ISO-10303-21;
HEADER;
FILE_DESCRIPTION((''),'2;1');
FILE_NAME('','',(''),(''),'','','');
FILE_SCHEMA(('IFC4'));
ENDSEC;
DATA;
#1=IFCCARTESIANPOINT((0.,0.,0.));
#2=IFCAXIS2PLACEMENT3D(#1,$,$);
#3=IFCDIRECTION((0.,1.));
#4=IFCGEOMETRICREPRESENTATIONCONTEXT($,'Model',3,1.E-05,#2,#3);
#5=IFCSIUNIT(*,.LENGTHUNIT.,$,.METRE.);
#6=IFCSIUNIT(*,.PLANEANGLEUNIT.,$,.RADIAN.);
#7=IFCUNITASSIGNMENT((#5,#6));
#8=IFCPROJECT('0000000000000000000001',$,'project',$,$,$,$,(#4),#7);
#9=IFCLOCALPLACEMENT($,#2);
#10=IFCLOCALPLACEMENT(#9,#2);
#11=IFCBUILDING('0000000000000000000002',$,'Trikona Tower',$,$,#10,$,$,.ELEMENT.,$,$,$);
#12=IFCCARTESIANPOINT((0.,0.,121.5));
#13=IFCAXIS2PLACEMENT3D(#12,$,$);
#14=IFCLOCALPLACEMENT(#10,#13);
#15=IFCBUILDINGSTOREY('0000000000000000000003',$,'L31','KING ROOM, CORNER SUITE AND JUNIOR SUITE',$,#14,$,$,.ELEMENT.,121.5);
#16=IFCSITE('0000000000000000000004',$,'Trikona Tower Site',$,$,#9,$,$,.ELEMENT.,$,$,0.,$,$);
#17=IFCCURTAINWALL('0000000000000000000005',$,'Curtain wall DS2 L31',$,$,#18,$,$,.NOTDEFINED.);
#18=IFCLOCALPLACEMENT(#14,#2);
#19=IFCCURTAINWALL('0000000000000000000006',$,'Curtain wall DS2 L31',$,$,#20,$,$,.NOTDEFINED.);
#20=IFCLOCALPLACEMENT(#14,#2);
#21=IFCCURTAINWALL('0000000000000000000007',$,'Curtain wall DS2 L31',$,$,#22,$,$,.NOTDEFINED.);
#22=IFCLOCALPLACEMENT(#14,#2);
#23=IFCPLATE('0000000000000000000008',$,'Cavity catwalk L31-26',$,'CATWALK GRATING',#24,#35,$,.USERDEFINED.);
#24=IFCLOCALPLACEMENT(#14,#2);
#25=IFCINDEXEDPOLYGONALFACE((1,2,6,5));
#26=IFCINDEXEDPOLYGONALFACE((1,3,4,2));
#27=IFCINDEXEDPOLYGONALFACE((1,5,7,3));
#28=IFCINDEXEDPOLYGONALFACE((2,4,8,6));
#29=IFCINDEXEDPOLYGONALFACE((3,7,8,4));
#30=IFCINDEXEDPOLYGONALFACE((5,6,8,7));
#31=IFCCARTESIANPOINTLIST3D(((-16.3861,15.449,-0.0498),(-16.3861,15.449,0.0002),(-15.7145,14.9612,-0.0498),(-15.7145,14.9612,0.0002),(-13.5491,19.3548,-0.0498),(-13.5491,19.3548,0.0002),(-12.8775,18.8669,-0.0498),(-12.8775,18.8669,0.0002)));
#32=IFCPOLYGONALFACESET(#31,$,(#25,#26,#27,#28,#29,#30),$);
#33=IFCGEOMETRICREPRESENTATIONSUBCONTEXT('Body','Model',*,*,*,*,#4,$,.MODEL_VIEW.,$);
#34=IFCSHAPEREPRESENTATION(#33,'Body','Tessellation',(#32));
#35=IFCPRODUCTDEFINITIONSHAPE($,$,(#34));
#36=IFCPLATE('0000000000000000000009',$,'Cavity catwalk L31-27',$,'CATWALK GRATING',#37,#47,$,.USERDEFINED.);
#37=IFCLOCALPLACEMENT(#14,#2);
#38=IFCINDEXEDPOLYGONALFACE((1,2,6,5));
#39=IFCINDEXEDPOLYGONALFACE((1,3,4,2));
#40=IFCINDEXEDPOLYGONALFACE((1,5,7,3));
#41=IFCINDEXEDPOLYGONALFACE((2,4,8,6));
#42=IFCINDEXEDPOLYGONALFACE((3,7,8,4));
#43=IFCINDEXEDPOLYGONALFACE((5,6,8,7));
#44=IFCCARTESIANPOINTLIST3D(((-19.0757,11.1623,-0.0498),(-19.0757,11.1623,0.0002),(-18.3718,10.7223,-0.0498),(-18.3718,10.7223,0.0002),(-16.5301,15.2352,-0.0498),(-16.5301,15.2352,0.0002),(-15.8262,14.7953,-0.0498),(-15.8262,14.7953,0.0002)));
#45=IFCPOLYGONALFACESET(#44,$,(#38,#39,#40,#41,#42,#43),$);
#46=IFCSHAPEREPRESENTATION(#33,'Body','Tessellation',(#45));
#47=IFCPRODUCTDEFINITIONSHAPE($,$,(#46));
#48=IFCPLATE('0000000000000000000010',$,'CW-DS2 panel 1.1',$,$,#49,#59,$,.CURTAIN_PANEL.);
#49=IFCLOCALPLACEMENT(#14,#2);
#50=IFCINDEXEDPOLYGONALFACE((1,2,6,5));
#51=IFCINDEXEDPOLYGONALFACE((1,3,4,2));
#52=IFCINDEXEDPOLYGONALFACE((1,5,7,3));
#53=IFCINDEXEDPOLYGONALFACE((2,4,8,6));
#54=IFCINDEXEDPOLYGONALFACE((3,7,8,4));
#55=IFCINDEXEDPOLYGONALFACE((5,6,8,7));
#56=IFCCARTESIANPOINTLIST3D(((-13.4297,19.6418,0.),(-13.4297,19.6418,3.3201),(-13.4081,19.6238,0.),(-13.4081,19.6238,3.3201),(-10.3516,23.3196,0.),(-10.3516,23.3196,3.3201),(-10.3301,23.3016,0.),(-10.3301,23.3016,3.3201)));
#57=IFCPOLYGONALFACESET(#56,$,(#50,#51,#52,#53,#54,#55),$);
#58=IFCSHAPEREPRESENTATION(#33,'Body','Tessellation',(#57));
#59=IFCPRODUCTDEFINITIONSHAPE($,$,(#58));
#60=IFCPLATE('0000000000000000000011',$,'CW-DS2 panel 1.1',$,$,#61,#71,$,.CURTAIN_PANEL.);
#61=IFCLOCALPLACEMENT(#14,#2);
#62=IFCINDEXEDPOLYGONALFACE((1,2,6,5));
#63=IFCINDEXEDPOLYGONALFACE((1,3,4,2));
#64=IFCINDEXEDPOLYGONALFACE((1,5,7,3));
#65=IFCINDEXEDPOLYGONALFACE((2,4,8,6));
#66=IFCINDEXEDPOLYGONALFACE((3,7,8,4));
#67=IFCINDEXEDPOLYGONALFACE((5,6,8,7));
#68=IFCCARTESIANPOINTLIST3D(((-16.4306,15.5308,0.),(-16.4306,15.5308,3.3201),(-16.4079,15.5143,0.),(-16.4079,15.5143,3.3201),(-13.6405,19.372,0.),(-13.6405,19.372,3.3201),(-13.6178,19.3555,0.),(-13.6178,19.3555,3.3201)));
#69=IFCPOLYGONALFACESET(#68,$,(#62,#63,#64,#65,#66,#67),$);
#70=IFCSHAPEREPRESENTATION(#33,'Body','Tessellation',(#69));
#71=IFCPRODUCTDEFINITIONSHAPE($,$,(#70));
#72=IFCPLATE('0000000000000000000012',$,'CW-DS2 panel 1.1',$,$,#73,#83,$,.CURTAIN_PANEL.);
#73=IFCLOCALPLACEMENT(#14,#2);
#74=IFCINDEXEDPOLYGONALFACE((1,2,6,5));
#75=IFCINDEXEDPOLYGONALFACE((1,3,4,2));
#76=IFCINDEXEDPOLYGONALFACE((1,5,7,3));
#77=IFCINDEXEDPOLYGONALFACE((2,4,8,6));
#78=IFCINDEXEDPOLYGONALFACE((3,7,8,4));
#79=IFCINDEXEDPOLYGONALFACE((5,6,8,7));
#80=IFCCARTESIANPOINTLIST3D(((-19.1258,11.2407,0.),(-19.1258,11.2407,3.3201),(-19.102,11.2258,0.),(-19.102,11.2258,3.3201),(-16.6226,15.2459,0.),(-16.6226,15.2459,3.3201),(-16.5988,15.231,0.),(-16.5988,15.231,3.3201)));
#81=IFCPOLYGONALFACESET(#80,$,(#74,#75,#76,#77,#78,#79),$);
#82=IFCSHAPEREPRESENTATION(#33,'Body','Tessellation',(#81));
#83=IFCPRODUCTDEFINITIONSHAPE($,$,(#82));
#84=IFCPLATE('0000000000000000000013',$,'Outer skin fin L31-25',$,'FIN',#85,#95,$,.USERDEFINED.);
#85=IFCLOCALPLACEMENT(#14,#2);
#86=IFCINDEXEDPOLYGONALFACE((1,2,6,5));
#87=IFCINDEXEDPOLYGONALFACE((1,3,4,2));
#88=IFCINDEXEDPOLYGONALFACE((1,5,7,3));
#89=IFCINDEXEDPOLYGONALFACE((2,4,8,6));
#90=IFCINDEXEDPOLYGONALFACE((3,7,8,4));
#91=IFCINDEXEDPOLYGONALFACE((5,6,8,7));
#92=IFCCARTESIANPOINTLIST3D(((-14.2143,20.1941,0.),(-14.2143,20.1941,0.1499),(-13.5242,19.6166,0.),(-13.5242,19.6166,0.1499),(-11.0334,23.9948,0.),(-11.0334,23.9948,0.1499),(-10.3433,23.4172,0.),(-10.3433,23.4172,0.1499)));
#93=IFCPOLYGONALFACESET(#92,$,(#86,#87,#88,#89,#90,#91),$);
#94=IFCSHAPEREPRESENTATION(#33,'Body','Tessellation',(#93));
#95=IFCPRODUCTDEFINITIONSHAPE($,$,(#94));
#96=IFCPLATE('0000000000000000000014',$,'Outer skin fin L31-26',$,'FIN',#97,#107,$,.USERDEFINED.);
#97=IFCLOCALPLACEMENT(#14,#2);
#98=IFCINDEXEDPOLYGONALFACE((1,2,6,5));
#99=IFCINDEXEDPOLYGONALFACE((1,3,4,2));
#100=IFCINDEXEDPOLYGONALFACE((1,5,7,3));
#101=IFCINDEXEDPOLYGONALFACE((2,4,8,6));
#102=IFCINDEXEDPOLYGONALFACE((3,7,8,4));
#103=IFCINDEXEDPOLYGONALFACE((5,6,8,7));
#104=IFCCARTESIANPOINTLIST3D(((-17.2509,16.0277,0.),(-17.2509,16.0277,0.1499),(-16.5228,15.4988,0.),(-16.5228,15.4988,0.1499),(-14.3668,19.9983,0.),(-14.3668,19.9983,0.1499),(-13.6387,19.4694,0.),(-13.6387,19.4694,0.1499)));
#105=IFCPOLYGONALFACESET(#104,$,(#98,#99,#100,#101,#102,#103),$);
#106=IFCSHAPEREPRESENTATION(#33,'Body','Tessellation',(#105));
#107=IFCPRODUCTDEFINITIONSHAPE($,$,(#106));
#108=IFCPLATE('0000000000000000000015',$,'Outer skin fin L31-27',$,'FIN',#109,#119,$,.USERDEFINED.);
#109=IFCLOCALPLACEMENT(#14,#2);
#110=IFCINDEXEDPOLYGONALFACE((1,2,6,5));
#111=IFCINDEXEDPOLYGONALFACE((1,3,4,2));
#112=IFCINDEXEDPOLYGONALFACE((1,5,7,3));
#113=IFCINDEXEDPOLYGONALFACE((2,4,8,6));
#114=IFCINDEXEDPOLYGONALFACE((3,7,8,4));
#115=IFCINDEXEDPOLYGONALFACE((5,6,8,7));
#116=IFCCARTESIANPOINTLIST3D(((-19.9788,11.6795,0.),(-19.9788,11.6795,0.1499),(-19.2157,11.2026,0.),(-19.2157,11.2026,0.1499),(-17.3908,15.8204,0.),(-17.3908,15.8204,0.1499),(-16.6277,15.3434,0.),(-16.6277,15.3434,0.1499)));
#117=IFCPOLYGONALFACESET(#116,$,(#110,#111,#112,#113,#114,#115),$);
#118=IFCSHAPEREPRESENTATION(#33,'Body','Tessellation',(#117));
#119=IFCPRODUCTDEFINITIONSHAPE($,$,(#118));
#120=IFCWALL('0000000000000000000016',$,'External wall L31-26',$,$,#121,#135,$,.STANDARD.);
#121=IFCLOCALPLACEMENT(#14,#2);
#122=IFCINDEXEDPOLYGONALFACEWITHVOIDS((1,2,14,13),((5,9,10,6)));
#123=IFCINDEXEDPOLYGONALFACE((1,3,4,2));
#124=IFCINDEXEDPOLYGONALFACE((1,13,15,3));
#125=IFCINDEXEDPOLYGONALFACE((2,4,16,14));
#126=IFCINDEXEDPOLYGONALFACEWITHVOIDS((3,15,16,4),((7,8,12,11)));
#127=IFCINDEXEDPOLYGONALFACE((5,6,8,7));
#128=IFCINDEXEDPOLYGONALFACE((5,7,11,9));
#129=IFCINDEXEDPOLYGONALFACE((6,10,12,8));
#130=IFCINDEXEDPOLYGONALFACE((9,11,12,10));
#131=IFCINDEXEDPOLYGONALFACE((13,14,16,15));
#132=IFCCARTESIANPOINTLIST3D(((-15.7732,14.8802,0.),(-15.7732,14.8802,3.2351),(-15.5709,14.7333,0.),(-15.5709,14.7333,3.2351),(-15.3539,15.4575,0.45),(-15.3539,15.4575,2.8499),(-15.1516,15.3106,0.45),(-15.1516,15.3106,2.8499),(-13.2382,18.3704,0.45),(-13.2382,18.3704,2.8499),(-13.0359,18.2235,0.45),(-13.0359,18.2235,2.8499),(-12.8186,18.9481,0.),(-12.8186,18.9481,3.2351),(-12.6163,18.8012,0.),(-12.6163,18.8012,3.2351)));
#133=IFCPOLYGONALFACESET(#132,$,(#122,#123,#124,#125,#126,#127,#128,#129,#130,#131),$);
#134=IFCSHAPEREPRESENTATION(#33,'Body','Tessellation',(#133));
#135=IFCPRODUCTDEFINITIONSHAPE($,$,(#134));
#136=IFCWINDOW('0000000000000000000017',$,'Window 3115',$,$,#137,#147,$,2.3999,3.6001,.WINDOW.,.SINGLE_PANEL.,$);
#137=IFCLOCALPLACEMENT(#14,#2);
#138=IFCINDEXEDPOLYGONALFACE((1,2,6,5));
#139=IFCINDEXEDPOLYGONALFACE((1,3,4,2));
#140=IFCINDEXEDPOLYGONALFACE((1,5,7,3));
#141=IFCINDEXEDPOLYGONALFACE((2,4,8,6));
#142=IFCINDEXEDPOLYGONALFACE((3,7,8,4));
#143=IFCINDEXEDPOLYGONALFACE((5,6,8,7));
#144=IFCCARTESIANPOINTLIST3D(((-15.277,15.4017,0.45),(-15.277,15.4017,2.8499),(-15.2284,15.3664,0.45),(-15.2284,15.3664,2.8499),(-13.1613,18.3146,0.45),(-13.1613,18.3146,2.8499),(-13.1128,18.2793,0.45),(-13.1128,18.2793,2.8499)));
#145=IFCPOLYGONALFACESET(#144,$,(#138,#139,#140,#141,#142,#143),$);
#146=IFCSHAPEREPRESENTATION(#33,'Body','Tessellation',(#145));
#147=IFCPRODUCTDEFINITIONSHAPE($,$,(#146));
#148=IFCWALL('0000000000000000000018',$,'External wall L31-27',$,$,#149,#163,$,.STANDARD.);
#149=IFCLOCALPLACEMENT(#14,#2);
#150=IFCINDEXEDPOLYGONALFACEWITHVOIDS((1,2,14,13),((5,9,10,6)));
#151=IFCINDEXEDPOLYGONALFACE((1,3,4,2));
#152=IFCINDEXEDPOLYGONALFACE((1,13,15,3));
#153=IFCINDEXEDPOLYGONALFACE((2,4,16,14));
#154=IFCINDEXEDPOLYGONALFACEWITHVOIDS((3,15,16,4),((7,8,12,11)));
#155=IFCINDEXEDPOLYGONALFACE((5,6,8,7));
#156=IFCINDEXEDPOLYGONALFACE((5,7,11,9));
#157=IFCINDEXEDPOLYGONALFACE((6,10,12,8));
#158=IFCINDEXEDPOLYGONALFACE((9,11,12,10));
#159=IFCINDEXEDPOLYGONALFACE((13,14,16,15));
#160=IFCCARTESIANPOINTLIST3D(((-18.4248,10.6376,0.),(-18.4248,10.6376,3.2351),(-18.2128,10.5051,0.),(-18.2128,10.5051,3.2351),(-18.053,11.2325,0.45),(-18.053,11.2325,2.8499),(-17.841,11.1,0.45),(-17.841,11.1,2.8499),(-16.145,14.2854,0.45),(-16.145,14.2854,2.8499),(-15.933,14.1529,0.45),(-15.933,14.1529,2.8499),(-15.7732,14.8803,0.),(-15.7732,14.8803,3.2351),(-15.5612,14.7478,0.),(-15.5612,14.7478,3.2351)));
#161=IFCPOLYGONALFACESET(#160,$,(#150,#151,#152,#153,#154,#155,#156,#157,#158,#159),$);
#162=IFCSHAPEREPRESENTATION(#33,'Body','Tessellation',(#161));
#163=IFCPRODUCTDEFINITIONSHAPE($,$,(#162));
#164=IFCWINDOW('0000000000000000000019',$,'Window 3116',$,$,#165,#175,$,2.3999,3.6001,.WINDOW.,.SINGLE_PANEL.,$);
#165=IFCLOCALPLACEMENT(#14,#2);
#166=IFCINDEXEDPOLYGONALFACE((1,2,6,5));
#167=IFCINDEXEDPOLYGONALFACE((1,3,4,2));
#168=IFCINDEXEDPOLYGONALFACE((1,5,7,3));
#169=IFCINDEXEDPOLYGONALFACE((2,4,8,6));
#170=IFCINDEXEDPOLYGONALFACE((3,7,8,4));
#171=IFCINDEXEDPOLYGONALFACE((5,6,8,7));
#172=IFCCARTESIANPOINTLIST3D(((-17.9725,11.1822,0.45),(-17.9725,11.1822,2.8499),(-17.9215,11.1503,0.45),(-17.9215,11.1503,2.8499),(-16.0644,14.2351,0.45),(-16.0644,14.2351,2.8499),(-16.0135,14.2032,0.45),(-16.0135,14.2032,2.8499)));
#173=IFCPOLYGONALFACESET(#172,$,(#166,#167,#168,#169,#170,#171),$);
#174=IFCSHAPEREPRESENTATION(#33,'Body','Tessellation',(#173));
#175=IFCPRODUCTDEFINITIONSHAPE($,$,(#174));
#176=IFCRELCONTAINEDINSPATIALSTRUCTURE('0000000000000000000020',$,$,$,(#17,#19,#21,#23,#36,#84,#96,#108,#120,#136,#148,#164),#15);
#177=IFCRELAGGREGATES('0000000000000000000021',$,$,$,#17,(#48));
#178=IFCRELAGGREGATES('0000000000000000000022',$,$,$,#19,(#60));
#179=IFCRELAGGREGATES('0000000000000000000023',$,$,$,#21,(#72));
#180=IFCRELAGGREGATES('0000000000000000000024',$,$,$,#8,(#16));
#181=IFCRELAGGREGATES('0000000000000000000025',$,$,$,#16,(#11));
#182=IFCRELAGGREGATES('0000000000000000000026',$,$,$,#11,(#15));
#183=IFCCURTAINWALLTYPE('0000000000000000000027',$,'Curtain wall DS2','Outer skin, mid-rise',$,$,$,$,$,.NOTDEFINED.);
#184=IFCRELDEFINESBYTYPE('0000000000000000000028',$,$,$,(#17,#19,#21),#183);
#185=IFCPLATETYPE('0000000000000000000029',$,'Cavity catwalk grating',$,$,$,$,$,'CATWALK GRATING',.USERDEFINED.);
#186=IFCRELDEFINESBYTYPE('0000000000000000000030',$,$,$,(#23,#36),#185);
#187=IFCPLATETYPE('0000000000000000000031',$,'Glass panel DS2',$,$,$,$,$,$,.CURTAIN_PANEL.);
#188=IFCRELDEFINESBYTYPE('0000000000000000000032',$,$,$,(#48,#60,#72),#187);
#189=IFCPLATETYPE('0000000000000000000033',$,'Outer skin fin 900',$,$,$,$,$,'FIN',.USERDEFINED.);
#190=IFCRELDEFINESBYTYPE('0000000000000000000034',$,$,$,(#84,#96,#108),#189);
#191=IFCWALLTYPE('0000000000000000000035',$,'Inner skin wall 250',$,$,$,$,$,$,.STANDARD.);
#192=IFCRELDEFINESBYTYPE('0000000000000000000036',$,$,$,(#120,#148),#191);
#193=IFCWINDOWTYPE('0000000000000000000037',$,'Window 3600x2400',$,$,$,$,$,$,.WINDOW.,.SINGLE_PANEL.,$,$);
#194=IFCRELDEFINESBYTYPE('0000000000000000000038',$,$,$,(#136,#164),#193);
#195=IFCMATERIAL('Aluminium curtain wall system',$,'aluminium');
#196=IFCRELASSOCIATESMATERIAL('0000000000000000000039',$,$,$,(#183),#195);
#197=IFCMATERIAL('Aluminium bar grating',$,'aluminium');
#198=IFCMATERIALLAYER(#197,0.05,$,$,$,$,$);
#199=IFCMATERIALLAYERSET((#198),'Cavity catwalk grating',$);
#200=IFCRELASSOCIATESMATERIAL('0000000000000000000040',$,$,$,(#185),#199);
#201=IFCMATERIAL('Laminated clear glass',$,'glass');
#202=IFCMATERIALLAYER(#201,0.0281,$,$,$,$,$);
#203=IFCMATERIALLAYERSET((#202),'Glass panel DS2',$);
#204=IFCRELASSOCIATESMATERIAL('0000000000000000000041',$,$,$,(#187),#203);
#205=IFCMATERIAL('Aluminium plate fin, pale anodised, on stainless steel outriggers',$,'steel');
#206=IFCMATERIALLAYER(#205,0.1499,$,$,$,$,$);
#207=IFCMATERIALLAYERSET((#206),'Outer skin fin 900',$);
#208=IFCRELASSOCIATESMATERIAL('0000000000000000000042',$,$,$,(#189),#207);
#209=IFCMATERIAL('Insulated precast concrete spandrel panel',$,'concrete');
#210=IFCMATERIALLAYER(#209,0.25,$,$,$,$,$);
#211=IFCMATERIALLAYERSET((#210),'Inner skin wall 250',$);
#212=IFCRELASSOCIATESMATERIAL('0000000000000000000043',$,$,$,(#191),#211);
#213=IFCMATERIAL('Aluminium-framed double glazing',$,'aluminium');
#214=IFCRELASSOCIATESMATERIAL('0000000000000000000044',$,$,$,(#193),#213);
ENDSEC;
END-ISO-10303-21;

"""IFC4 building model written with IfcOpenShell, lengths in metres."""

from ifc_helpers import new_model, si_unit, direction, frame, frame_2d, origin, origin_2d, place, context, subcontext, project, spatial, rectangle, extrude, material, layer, layer_set, type_object, element, fill, aggregate, save


model = new_model("IFC4")

# Units and contexts
model_context = context("Model", 3, precision=1e-05, world=origin(), true_north=direction((0.0, 1.0)))
body_context = subcontext(model_context, "Body", "Model", "MODEL_VIEW")
ifc_project = project(units=[si_unit("LENGTHUNIT", "METRE"), si_unit("PLANEANGLEUNIT", "RADIAN")], contexts=[model_context])

# Site, building, storey
site_placement = place(None, origin())
site = spatial("IfcSite", under=ifc_project, at=site_placement, Name="Trikona Tower Site", CompositionType="ELEMENT", RefElevation=0.0)
building_placement = place(site_placement, origin())
building = spatial("IfcBuilding", under=site, at=building_placement, Name="Trikona Tower", CompositionType="ELEMENT")
storey_placement = place(building_placement, frame((0.0, 0.0, 121.5)))
storey = spatial("IfcBuildingStorey", under=building, at=storey_placement, Name="L31", Description="KING ROOM, CORNER SUITE AND JUNIOR SUITE", CompositionType="ELEMENT", Elevation=121.5)

# Shared definitions
ifc_material_1 = material(Name="Aluminium curtain wall system", Category="aluminium")
curtain_wall_type = type_object("IfcCurtainWallType", Name="Curtain wall DS2", Description="Outer skin, mid-rise", PredefinedType="NOTDEFINED", material=ifc_material_1)

# Curtain walls
curtain_wall_1_placement = place(storey_placement, origin())
curtain_wall_1 = element("IfcCurtainWall", 1, at=curtain_wall_1_placement, inside=storey, type_object=curtain_wall_type, Name="Curtain wall DS2 L31", PredefinedType="NOTDEFINED")
curtain_wall_2_placement = place(storey_placement, origin())
curtain_wall_2 = element("IfcCurtainWall", 2, at=curtain_wall_2_placement, inside=storey, type_object=curtain_wall_type, Name="Curtain wall DS2 L31", PredefinedType="NOTDEFINED")

# Curtain wall
curtain_wall_3_placement = place(storey_placement, origin())
curtain_wall_3 = element("IfcCurtainWall", 3, at=curtain_wall_3_placement, inside=storey, type_object=curtain_wall_type, Name="Curtain wall DS2 L31", PredefinedType="NOTDEFINED")

# Plates
ifc_material_2 = material(Name="Aluminium bar grating", Category="aluminium")
ifc_layer_1 = layer(ifc_material_2, 0.05)
ifc_layer_set_1 = layer_set([ifc_layer_1], Name="Cavity catwalk grating")
plate_type_1 = type_object("IfcPlateType", Name="Cavity catwalk grating", ElementType="CATWALK GRATING", PredefinedType="USERDEFINED", material=ifc_layer_set_1)
plate_1_placement = place(storey_placement, frame((-14.6318, 17.158, -0.0498), z_axis=(0.0, 0.0, 1.0), x_axis=(-0.587686, -0.809089, 0.0)))
element("IfcPlate", 4, at=plate_1_placement, inside=storey, type_object=plate_type_1, Name="Cavity catwalk L31-26", ObjectType="CATWALK GRATING", PredefinedType="USERDEFINED", context=body_context, shape_type="SweptSolid", body=[
    extrude(rectangle(XDim=4.8274, YDim=0.8301, at=origin_2d()), origin(), (0.0, 0.0, 1.0), 0.05),
])
plate_2_placement = place(storey_placement, frame((-17.4509, 12.9788, -0.0498), z_axis=(0.0, 0.0, 1.0), x_axis=(-0.529995, -0.848001, 0.0)))
element("IfcPlate", 5, at=plate_2_placement, inside=storey, type_object=plate_type_1, Name="Cavity catwalk L31-27", ObjectType="CATWALK GRATING", PredefinedType="USERDEFINED", context=body_context, shape_type="SweptSolid", body=[
    extrude(rectangle(XDim=4.803, YDim=0.8301, at=origin_2d()), origin(), (0.0, 0.0, 1.0), 0.05),
])

# Plates
ifc_material_3 = material(Name="Laminated clear glass", Category="glass")
ifc_layer_2 = layer(ifc_material_3, 0.0281)
ifc_layer_set_2 = layer_set([ifc_layer_2], Name="Glass panel DS2")
plate_type_2 = type_object("IfcPlateType", Name="Glass panel DS2", PredefinedType="CURTAIN_PANEL", material=ifc_layer_set_2)
plate_3_placement = place(storey_placement, frame((-11.8799, 21.4717, 0.0), z_axis=(0.0, 0.0, 1.0), x_axis=(-0.641806, -0.766867, 0.0)))
plate_3 = element("IfcPlate", 6, at=plate_3_placement, type_object=plate_type_2, Name="CW-DS2 panel 1.1", PredefinedType="CURTAIN_PANEL", context=body_context, shape_type="SweptSolid", body=[
    extrude(rectangle(XDim=4.7959, YDim=0.0281, at=origin_2d()), origin(), (0.0, 0.0, 1.0), 3.3201),
])
aggregate(curtain_wall_1, [plate_3])
plate_4_placement = place(storey_placement, frame((-15.0242, 17.4431, 0.0), z_axis=(0.0, 0.0, 1.0), x_axis=(-0.587691, -0.809086, 0.0)))
plate_4 = element("IfcPlate", 7, at=plate_4_placement, type_object=plate_type_2, Name="CW-DS2 panel 1.1", PredefinedType="CURTAIN_PANEL", context=body_context, shape_type="SweptSolid", body=[
    extrude(rectangle(XDim=4.7476, YDim=0.0281, at=origin_2d()), origin(), (0.0, 0.0, 1.0), 3.3201),
])
aggregate(curtain_wall_2, [plate_4])
plate_5_placement = place(storey_placement, frame((-17.8623, 13.2358, 0.0), z_axis=(0.0, 0.0, 1.0), x_axis=(-0.529999, -0.847998, 0.0)))
plate_5 = element("IfcPlate", 8, at=plate_5_placement, type_object=plate_type_2, Name="CW-DS2 panel 1.1", PredefinedType="CURTAIN_PANEL", context=body_context, shape_type="SweptSolid", body=[
    extrude(rectangle(XDim=4.7231, YDim=0.0281, at=origin_2d()), origin(), (0.0, 0.0, 1.0), 3.3201),
])
aggregate(curtain_wall_3, [plate_5])

# Plates
ifc_material_4 = material(Name="Aluminium plate fin, pale anodised, on stainless steel outriggers", Category="steel")
ifc_layer_3 = layer(ifc_material_4, 0.1499)
ifc_layer_set_3 = layer_set([ifc_layer_3], Name="Outer skin fin 900")
plate_type_3 = type_object("IfcPlateType", Name="Outer skin fin 900", ElementType="FIN", PredefinedType="USERDEFINED", material=ifc_layer_set_3)
plate_6_placement = place(storey_placement, frame((-12.2788, 21.8057, 0.0), z_axis=(0.0, 0.0, 1.0), x_axis=(-0.641807, -0.766866, 0.0)))
element("IfcPlate", 9, at=plate_6_placement, inside=storey, type_object=plate_type_3, Name="Outer skin fin L31-25", ObjectType="FIN", PredefinedType="USERDEFINED", context=body_context, shape_type="SweptSolid", body=[
    extrude(rectangle(XDim=4.9561, YDim=0.8999, at=origin_2d()), origin(), (0.0, 0.0, 1.0), 0.1499),
])
plate_7_placement = place(storey_placement, frame((-15.4448, 17.7485, 0.0), z_axis=(0.0, 0.0, 1.0), x_axis=(-0.587686, -0.809089, 0.0)))
element("IfcPlate", 10, at=plate_7_placement, inside=storey, type_object=plate_type_3, Name="Outer skin fin L31-26", ObjectType="FIN", PredefinedType="USERDEFINED", context=body_context, shape_type="SweptSolid", body=[
    extrude(rectangle(XDim=4.9075, YDim=0.8999, at=origin_2d()), origin(), (0.0, 0.0, 1.0), 0.1499),
])
plate_8_placement = place(storey_placement, frame((-18.3032, 13.5115, 0.0), z_axis=(0.0, 0.0, 1.0), x_axis=(-0.529995, -0.848001, 0.0)))
element("IfcPlate", 11, at=plate_8_placement, inside=storey, type_object=plate_type_3, Name="Outer skin fin L31-27", ObjectType="FIN", PredefinedType="USERDEFINED", context=body_context, shape_type="SweptSolid", body=[
    extrude(rectangle(XDim=4.8831, YDim=0.8999, at=origin_2d()), origin(), (0.0, 0.0, 1.0), 0.1499),
])

# Walls, openings, windows
ifc_material_5 = material(Name="Insulated precast concrete spandrel panel", Category="concrete")
ifc_layer_4 = layer(ifc_material_5, 0.25)
ifc_layer_set_4 = layer_set([ifc_layer_4], Name="Inner skin wall 250")
wall_type = type_object("IfcWallType", Name="Inner skin wall 250", PredefinedType="STANDARD", material=ifc_layer_set_4)
wall_1_placement = place(storey_placement, frame((-12.7175, 18.8745, 0.0), z_axis=(0.0, 0.0, 1.0), x_axis=(-0.587669, -0.809101, 0.0)))
wall_1 = element("IfcWall", 12, at=wall_1_placement, inside=storey, type_object=wall_type, Name="External wall L31-26", PredefinedType="STANDARD", context=body_context, shape_type="SweptSolid", body=[
    extrude(rectangle(XDim=5.0276, YDim=0.25, at=frame_2d((2.5137, 0.0))), origin(), (0.0, 0.0, 1.0), 3.2351),
])
opening_1_placement = place(wall_1_placement, frame((0.7139, 0.0, 0.45)))
opening_1 = element("IfcOpeningElement", 13, at=opening_1_placement, cuts=wall_1, PredefinedType="OPENING", context=body_context, shape_type="SweptSolid", body=[
    extrude(rectangle(XDim=3.6001, YDim=2.3999, at=frame_2d((1.8, 1.2))), frame((0.0, 0.135, 0.0), z_axis=(0.0, -1.0, 0.0), x_axis=(1.0, 0.0, 0.0)), (0.0, 0.0, 1.0), 0.27),
])
ifc_material_6 = material(Name="Aluminium-framed double glazing", Category="aluminium")
window_type = type_object("IfcWindowType", Name="Window 3600x2400", PartitioningType="SINGLE_PANEL", PredefinedType="WINDOW", material=ifc_material_6)
window_1_placement = place(opening_1_placement, origin())
window_1 = element("IfcWindow", 14, at=window_1_placement, inside=storey, type_object=window_type, Name="Window 3115", OverallHeight=2.3999, OverallWidth=3.6001, PartitioningType="SINGLE_PANEL", PredefinedType="WINDOW", context=body_context, shape_type="SweptSolid", body=[
    extrude(rectangle(XDim=3.6001, YDim=2.3999, at=frame_2d((1.8, 1.2))), frame((0.0, 0.03, 0.0), z_axis=(0.0, -1.0, 0.0), x_axis=(1.0, 0.0, 0.0)), (0.0, 0.0, 1.0), 0.0601),
])
fill(opening_1, window_1)
wall_2_placement = place(storey_placement, frame((-15.6672, 14.814, 0.0), z_axis=(0.0, 0.0, 1.0), x_axis=(-0.52999, -0.848004, 0.0)))
wall_2 = element("IfcWall", 15, at=wall_2_placement, inside=storey, type_object=wall_type, Name="External wall L31-27", PredefinedType="STANDARD", context=body_context, shape_type="SweptSolid", body=[
    extrude(rectangle(XDim=5.0032, YDim=0.25, at=frame_2d((2.5015, 0.0))), origin(), (0.0, 0.0, 1.0), 3.2351),
])
opening_2_placement = place(wall_2_placement, frame((0.7014, 0.0, 0.45)))
opening_2 = element("IfcOpeningElement", 16, at=opening_2_placement, cuts=wall_2, PredefinedType="OPENING", context=body_context, shape_type="SweptSolid", body=[
    extrude(rectangle(XDim=3.6001, YDim=2.3999, at=frame_2d((1.8, 1.2))), frame((0.0, 0.135, 0.0), z_axis=(0.0, -1.0, 0.0), x_axis=(1.0, 0.0, 0.0)), (0.0, 0.0, 1.0), 0.27),
])
window_2_placement = place(opening_2_placement, origin())
window_2 = element("IfcWindow", 17, at=window_2_placement, inside=storey, type_object=window_type, Name="Window 3116", OverallHeight=2.3999, OverallWidth=3.6001, PartitioningType="SINGLE_PANEL", PredefinedType="WINDOW", context=body_context, shape_type="SweptSolid", body=[
    extrude(rectangle(XDim=3.6001, YDim=2.3999, at=frame_2d((1.8, 1.2))), frame((0.0, 0.03, 0.0), z_axis=(0.0, -1.0, 0.0), x_axis=(1.0, 0.0, 0.0)), (0.0, 0.0, 1.0), 0.0601),
])
fill(opening_2, window_2)

save(model, "model.ifc")
